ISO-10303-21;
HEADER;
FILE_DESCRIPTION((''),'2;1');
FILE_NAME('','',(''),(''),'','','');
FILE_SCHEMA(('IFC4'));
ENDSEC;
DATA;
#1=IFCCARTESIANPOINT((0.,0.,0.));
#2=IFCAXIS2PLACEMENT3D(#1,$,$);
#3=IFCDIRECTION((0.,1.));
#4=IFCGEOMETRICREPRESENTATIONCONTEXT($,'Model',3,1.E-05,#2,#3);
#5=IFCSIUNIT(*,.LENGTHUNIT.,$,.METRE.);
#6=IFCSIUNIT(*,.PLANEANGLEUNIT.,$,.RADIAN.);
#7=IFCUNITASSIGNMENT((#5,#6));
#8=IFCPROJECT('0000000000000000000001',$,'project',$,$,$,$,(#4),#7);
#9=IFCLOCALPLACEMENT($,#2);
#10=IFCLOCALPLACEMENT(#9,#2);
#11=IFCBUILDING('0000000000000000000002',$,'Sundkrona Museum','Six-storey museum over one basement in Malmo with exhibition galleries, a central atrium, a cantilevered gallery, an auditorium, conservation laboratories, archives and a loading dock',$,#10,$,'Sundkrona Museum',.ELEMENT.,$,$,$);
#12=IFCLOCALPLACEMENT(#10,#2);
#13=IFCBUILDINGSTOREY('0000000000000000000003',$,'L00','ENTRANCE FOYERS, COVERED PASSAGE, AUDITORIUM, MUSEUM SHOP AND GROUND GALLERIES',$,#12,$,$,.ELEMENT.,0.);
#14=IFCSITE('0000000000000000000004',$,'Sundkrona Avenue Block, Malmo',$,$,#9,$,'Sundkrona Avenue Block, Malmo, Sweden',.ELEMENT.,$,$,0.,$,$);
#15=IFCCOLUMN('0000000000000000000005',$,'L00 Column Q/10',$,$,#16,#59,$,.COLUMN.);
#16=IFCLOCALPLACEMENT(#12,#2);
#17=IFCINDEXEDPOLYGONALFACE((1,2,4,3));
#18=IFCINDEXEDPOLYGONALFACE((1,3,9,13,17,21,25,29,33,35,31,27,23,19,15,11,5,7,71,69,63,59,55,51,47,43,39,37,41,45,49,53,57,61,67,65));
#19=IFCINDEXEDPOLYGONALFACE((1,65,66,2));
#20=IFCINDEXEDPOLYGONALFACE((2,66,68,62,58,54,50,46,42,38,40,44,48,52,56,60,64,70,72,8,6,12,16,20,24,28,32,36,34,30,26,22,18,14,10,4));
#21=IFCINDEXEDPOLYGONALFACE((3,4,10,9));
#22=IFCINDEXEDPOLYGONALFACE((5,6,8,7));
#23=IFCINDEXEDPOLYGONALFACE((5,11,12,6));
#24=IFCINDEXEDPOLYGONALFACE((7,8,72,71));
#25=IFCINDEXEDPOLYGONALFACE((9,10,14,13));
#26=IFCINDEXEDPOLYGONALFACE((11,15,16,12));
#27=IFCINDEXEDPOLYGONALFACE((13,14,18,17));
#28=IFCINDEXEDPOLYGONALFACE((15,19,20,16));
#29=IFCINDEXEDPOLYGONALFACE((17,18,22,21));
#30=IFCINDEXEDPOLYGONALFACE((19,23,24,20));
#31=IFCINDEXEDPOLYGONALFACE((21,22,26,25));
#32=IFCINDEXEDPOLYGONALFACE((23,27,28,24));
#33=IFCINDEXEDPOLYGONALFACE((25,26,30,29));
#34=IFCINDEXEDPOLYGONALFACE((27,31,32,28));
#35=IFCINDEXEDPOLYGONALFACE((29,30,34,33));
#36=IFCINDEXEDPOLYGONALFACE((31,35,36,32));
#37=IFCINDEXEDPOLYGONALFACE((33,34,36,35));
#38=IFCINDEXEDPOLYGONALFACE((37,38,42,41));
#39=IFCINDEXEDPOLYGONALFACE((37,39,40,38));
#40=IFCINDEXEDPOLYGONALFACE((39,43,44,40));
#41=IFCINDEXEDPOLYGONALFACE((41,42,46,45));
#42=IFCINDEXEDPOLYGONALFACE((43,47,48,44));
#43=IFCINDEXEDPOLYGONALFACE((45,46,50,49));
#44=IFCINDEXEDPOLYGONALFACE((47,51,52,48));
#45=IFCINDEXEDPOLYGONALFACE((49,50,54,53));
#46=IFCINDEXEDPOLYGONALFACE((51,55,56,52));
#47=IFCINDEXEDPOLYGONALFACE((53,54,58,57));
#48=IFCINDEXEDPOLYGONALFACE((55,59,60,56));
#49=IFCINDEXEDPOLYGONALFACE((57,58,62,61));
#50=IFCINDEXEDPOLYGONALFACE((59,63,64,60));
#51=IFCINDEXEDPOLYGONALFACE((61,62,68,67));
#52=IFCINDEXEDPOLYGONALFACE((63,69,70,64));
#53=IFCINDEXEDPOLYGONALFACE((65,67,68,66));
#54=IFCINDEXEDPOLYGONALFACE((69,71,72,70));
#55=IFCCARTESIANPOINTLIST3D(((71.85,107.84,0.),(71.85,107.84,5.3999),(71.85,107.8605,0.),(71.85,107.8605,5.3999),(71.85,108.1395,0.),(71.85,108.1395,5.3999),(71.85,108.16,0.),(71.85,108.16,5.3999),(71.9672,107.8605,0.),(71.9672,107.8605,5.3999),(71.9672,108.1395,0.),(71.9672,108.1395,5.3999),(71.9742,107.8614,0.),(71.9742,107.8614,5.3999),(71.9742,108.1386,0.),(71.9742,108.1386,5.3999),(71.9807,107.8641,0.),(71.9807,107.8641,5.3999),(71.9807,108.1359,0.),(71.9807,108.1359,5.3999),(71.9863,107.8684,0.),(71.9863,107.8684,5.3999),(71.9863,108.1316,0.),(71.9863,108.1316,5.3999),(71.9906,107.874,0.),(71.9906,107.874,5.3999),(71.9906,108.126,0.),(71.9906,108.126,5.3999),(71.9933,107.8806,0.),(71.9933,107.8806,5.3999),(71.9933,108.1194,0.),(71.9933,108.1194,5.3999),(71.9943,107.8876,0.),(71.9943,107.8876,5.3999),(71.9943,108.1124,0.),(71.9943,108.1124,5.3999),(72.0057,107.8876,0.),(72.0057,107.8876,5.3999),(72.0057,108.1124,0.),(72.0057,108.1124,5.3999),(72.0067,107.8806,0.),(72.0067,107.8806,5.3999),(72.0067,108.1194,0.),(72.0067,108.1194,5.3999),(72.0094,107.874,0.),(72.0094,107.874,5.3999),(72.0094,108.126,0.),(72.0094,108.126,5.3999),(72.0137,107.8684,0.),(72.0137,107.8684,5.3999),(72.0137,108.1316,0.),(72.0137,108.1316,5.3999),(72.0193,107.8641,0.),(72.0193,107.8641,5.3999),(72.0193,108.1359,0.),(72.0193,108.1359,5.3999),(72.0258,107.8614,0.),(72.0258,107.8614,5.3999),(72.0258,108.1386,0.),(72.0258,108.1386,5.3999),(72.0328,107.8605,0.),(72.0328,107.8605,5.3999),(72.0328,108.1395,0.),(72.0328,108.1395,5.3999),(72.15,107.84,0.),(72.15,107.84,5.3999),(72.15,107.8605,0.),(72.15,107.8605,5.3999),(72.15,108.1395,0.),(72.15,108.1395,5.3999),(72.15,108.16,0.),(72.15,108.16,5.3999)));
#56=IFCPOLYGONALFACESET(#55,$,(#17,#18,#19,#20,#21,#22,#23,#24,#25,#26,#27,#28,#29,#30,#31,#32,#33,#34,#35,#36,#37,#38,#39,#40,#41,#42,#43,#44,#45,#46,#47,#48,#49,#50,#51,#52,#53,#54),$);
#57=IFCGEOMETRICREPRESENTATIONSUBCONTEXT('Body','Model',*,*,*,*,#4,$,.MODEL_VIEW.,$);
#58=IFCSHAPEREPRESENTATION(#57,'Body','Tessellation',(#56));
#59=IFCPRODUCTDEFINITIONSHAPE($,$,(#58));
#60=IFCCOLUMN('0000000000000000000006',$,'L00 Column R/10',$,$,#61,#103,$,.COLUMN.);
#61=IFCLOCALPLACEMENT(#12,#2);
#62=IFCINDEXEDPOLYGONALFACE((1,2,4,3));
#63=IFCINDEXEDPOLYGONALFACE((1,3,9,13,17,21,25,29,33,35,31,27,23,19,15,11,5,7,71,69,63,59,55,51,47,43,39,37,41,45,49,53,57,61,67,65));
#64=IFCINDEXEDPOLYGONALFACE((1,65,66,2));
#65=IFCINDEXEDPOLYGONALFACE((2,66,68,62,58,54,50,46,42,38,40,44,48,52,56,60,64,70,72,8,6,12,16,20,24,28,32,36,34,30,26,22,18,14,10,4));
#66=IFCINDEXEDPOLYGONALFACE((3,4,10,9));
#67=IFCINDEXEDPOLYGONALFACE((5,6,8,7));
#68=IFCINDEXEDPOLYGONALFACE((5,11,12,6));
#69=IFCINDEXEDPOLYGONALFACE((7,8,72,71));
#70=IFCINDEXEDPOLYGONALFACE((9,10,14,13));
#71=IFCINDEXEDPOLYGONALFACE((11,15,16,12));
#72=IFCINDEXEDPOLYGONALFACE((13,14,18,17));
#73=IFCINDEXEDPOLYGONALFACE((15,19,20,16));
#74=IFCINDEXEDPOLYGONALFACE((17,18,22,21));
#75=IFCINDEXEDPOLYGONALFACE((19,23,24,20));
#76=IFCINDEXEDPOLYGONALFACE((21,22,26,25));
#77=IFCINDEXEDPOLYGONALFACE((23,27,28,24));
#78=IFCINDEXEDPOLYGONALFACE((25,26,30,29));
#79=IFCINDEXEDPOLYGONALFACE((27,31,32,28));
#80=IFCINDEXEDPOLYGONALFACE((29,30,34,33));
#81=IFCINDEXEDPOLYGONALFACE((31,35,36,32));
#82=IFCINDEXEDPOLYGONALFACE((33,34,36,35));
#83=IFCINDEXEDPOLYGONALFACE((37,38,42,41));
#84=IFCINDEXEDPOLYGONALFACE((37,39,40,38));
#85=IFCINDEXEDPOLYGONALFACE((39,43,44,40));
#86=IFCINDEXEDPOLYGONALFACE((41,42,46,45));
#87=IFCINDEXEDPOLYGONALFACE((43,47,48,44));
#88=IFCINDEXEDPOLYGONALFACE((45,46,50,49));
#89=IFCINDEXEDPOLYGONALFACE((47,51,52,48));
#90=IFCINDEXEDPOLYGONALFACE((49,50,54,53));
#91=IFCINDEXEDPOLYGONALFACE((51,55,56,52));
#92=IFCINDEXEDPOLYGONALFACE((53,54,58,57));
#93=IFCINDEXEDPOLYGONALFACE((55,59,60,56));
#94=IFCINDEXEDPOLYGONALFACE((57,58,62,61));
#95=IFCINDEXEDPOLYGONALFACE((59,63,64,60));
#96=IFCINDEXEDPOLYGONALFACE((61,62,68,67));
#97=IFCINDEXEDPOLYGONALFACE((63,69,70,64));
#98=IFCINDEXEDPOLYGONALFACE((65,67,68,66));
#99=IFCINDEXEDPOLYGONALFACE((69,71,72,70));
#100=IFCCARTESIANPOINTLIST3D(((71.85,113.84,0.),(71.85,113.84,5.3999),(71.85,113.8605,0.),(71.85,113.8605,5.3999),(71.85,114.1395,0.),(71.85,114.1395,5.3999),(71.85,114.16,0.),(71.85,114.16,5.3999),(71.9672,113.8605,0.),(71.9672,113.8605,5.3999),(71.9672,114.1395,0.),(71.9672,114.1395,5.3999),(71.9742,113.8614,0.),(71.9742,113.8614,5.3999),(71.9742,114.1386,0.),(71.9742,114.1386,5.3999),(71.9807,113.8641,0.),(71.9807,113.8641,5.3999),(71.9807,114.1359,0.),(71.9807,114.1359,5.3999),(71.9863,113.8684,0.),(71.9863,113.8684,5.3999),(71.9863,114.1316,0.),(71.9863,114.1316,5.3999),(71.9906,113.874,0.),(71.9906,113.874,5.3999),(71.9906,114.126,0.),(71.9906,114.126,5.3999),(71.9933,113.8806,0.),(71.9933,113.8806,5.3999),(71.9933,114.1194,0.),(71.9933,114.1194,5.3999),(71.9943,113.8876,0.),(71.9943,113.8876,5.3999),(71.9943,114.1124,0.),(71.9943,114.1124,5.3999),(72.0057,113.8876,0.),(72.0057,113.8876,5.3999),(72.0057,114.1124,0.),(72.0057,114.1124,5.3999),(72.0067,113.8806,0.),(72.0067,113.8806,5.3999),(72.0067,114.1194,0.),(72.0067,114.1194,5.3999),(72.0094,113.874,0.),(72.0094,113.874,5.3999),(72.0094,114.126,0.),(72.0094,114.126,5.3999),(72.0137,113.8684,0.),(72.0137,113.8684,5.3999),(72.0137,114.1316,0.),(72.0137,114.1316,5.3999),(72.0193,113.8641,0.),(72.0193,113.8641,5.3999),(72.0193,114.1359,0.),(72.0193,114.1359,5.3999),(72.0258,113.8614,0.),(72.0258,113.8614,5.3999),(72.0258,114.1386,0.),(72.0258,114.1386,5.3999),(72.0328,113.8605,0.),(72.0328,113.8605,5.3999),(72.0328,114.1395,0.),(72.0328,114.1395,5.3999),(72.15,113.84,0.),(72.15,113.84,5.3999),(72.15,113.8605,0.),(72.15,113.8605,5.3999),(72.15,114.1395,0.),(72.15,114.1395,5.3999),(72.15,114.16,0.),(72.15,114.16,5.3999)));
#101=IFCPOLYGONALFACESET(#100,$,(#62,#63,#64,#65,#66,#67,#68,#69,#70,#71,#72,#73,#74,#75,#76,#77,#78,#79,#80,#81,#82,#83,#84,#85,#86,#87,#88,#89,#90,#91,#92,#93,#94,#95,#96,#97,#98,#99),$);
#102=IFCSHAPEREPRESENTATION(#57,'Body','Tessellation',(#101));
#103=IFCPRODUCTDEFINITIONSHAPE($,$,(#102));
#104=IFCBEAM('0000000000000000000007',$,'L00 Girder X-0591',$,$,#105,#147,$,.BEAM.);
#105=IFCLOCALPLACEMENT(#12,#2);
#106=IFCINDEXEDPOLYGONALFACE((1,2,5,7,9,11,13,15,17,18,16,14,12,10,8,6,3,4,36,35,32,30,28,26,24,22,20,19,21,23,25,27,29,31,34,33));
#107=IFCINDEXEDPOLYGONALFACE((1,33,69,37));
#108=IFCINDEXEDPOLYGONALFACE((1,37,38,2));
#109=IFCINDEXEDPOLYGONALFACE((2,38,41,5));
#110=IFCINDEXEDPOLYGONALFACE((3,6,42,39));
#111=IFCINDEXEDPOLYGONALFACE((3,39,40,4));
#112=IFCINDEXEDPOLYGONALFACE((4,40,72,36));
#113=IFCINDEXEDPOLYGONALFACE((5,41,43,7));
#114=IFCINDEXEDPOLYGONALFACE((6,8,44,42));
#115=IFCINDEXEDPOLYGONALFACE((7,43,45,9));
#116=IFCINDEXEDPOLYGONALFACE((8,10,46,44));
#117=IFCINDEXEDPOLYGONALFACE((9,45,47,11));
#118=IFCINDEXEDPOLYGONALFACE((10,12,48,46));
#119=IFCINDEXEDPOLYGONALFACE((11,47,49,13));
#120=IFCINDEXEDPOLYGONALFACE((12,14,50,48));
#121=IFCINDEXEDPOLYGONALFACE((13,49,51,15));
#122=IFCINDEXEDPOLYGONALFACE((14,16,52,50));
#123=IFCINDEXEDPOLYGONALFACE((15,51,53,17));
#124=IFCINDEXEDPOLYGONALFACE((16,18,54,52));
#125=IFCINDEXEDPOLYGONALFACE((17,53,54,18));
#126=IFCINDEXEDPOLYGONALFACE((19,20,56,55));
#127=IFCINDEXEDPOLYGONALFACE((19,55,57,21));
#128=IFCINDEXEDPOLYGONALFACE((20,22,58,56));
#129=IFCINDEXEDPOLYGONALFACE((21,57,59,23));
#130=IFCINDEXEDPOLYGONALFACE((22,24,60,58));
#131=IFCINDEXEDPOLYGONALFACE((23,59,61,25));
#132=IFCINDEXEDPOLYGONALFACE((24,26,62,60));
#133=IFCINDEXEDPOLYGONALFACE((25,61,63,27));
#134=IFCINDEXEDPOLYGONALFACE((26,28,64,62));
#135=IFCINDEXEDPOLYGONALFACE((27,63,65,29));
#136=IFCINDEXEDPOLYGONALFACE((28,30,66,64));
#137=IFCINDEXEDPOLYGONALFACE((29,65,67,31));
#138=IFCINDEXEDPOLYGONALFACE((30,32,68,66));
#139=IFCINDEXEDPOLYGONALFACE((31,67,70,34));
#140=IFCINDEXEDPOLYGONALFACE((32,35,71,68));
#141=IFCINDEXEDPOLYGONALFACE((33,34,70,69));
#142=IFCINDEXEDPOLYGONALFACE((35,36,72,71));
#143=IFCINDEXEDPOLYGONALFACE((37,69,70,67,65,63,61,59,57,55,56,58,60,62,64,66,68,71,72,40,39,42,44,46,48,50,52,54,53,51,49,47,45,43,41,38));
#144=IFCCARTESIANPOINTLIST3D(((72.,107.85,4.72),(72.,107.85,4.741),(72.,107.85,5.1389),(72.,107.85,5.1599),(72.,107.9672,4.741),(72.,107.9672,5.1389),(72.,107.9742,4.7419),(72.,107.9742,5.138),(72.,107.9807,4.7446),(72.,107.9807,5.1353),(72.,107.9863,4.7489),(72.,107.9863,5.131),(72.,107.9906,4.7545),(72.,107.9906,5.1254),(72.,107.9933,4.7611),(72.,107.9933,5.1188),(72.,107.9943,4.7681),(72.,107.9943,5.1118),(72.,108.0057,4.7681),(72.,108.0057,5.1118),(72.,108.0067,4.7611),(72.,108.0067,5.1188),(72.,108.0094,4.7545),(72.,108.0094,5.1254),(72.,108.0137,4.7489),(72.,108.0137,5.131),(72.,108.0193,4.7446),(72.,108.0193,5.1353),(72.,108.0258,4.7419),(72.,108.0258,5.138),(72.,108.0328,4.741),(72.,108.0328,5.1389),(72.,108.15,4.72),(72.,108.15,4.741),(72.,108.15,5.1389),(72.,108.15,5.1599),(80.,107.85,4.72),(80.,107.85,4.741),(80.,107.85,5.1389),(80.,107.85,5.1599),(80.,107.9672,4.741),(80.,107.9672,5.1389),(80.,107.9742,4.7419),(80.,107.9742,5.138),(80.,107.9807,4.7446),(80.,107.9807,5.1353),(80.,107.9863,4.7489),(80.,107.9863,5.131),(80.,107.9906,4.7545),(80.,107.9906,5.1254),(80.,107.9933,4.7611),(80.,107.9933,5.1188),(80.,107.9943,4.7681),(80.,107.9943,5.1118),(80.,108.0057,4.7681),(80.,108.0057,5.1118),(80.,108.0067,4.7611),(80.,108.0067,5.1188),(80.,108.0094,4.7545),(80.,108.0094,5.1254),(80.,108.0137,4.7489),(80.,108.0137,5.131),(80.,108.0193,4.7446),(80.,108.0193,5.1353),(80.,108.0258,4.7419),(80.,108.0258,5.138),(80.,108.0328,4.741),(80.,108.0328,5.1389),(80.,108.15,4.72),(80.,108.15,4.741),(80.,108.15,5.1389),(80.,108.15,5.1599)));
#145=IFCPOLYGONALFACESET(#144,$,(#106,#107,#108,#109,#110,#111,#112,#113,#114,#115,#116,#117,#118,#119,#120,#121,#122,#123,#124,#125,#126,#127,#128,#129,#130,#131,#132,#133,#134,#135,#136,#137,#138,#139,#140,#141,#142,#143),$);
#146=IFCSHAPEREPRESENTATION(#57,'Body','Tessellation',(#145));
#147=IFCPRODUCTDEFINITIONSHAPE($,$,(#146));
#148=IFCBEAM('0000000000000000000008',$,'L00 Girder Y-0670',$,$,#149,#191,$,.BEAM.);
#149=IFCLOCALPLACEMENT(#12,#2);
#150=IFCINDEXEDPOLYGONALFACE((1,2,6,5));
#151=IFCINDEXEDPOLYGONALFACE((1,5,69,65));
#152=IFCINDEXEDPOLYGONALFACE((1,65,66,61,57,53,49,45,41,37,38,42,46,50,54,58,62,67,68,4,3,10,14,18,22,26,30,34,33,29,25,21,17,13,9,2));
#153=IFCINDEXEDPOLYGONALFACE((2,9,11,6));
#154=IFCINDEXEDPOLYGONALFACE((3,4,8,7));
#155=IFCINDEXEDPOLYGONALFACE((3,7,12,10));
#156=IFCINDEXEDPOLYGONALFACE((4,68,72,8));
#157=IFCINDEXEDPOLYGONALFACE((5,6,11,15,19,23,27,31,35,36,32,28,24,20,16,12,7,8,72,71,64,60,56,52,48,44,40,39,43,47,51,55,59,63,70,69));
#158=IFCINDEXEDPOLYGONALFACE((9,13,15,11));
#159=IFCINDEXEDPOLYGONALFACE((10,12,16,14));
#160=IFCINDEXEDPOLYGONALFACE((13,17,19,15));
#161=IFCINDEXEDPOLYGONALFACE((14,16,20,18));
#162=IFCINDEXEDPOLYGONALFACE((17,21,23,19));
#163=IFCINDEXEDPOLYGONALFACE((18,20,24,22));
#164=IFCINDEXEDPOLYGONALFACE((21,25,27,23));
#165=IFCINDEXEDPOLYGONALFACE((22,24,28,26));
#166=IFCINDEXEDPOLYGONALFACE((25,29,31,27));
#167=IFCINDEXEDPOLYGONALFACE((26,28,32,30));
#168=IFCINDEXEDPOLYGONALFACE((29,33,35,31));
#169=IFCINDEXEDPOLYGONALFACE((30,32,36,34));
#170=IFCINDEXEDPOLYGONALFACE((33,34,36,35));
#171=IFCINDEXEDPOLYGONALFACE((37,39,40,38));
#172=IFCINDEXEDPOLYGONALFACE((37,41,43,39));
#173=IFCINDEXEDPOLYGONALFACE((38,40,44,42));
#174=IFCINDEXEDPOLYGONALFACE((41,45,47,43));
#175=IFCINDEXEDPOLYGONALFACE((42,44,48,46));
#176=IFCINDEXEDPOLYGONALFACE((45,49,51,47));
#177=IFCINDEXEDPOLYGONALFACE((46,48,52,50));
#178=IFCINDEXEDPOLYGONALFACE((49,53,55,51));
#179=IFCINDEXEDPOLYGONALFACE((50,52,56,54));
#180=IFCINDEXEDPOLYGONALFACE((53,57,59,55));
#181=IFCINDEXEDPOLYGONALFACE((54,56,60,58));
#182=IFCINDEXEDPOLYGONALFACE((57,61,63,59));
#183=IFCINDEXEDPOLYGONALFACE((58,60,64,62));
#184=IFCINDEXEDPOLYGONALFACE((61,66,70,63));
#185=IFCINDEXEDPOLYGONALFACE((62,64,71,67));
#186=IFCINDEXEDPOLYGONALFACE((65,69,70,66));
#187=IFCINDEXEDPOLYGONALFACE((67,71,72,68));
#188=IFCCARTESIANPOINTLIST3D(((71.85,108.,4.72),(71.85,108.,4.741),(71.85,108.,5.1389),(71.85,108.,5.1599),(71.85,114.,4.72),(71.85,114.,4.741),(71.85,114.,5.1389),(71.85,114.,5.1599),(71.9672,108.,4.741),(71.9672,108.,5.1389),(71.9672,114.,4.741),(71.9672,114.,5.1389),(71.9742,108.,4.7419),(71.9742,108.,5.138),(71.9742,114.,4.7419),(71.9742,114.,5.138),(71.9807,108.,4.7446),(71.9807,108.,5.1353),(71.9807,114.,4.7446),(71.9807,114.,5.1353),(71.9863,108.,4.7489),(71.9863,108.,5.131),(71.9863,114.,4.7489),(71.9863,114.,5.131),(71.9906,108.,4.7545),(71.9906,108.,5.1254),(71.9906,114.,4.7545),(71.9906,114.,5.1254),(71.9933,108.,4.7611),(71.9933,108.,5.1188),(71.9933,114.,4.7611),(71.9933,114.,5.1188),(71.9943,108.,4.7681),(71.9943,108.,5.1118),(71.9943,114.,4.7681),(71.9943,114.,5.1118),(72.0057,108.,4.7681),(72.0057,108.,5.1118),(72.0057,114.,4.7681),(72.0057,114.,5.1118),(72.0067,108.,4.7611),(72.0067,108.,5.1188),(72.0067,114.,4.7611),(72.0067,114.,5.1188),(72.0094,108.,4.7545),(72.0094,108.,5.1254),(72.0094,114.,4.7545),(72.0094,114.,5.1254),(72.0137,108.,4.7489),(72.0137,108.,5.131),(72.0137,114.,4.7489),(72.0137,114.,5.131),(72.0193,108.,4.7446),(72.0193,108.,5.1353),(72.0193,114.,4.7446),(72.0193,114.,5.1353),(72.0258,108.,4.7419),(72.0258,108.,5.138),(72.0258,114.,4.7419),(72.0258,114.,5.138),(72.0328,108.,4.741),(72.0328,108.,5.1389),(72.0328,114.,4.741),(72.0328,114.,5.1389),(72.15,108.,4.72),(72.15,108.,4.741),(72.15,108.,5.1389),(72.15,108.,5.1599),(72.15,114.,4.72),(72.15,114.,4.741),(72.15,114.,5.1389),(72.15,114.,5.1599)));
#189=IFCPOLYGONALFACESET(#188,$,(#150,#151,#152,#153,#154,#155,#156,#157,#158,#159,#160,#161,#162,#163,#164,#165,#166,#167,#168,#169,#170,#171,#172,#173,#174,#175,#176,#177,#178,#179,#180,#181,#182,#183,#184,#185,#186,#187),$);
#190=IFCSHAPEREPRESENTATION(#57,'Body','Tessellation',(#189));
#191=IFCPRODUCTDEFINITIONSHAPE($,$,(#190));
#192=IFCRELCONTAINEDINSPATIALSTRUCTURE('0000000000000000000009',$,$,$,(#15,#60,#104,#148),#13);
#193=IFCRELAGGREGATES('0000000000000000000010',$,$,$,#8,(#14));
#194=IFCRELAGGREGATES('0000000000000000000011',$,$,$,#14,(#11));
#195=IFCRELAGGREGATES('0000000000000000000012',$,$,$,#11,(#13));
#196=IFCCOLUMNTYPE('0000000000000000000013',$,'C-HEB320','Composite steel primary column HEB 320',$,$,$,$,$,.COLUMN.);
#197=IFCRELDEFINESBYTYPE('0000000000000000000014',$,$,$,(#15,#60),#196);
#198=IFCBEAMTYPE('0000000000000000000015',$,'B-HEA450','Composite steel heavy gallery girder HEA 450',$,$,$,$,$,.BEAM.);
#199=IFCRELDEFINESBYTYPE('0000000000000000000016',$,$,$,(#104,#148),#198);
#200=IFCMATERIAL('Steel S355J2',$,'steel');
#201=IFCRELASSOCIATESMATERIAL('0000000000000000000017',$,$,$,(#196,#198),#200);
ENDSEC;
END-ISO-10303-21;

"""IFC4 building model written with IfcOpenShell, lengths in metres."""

from ifc_helpers import new_model, si_unit, direction, frame, origin, origin_2d, place, context, subcontext, project, spatial, i_section, extrude, material, material_profile, profile_set, type_object, element, save


model = new_model("IFC4")

# Units and contexts
model_context = context("Model", 3, precision=1e-05, world=origin(), true_north=direction((0.0, 1.0)))
body_context = subcontext(model_context, "Body", "Model", "MODEL_VIEW")
ifc_project = project(units=[si_unit("LENGTHUNIT", "METRE"), si_unit("PLANEANGLEUNIT", "RADIAN")], contexts=[model_context])

# Site, building, storey
site_placement = place(None, origin())
site = spatial("IfcSite", under=ifc_project, at=site_placement, Name="Sundkrona Avenue Block, Malmo", LongName="Sundkrona Avenue Block, Malmo, Sweden", CompositionType="ELEMENT", RefElevation=0.0)
building_placement = place(site_placement, origin())
building = spatial("IfcBuilding", under=site, at=building_placement, Name="Sundkrona Museum", Description="Six-storey museum over one basement in Malmo with exhibition galleries, a central atrium, a cantilevered gallery, an auditorium, conservation laboratories, archives and a loading dock", LongName="Sundkrona Museum", CompositionType="ELEMENT")
storey_placement = place(building_placement, origin())
storey = spatial("IfcBuildingStorey", under=building, at=storey_placement, Name="L00", Description="ENTRANCE FOYERS, COVERED PASSAGE, AUDITORIUM, MUSEUM SHOP AND GROUND GALLERIES", CompositionType="ELEMENT", Elevation=0.0)

# Columns
ifc_material_1 = material(Name="Steel S355J2", Category="steel")
ifc_material_profile_1 = material_profile(ifc_material_1, i_section(OverallWidth=0.3, OverallDepth=0.3201, WebThickness=0.0115, FlangeThickness=0.0205, FilletRadius=0.0271, at=origin_2d()), Name="HEB 320")
ifc_profile_set_1 = profile_set([ifc_material_profile_1], Name="Steel S355J2")
column_type = type_object("IfcColumnType", Name="C-HEB320", Description="Composite steel primary column HEB 320", PredefinedType="COLUMN", material=ifc_profile_set_1)
for number, where, z_axis, x_axis, name in (
    (1, (72.0, 108.0, 0.0), (0.0, 0.0, 1.0), (1.0, 0.0, 0.0), "L00 Column Q/10"),
    (2, (72.0, 114.0, 0.0), (0.0, 0.0, 1.0), (1.0, 0.0, 0.0), "L00 Column R/10"),
):
    element("IfcColumn", number, at=place(storey_placement, frame(where, z_axis=z_axis, x_axis=x_axis)), inside=storey, type_object=column_type, Name=name, PredefinedType="COLUMN", context=body_context, shape_type="SweptSolid", body=[
        extrude(i_section(OverallWidth=0.3, OverallDepth=0.3201, WebThickness=0.0115, FlangeThickness=0.0205, FilletRadius=0.0271, at=origin_2d()), origin(), (0.0, 0.0, 1.0), 5.3999),
    ])

# Beams
ifc_material_profile_2 = material_profile(ifc_material_1, i_section(OverallWidth=0.3, OverallDepth=0.4399, WebThickness=0.0115, FlangeThickness=0.021, FilletRadius=0.0271, at=origin_2d()), Name="HEA 450")
ifc_profile_set_2 = profile_set([ifc_material_profile_2], Name="Steel S355J2")
beam_type_1 = type_object("IfcBeamType", Name="B-HEA450", Description="Composite steel heavy gallery girder HEA 450", PredefinedType="BEAM", material=ifc_profile_set_2)
beam_1_placement = place(storey_placement, frame((72.0, 108.0, 4.9399), z_axis=(1.0, 0.0, 0.0), x_axis=(0.0, 1.0, 0.0)))
element("IfcBeam", 3, at=beam_1_placement, inside=storey, type_object=beam_type_1, Name="L00 Girder X-0591", PredefinedType="BEAM", context=body_context, shape_type="SweptSolid", body=[
    extrude(i_section(OverallWidth=0.3, OverallDepth=0.4399, WebThickness=0.0115, FlangeThickness=0.021, FilletRadius=0.0271, at=origin_2d()), origin(), (0.0, 0.0, 1.0), 8.0),
])
beam_2_placement = place(storey_placement, frame((72.0, 108.0, 4.9399), z_axis=(0.0, 1.0, 0.0), x_axis=(-1.0, 0.0, 0.0)))
element("IfcBeam", 4, at=beam_2_placement, inside=storey, type_object=beam_type_1, Name="L00 Girder Y-0670", PredefinedType="BEAM", context=body_context, shape_type="SweptSolid", body=[
    extrude(i_section(OverallWidth=0.3, OverallDepth=0.4399, WebThickness=0.0115, FlangeThickness=0.021, FilletRadius=0.0271, at=origin_2d()), origin(), (0.0, 0.0, 1.0), 6.0),
])

save(model, "model.ifc")
